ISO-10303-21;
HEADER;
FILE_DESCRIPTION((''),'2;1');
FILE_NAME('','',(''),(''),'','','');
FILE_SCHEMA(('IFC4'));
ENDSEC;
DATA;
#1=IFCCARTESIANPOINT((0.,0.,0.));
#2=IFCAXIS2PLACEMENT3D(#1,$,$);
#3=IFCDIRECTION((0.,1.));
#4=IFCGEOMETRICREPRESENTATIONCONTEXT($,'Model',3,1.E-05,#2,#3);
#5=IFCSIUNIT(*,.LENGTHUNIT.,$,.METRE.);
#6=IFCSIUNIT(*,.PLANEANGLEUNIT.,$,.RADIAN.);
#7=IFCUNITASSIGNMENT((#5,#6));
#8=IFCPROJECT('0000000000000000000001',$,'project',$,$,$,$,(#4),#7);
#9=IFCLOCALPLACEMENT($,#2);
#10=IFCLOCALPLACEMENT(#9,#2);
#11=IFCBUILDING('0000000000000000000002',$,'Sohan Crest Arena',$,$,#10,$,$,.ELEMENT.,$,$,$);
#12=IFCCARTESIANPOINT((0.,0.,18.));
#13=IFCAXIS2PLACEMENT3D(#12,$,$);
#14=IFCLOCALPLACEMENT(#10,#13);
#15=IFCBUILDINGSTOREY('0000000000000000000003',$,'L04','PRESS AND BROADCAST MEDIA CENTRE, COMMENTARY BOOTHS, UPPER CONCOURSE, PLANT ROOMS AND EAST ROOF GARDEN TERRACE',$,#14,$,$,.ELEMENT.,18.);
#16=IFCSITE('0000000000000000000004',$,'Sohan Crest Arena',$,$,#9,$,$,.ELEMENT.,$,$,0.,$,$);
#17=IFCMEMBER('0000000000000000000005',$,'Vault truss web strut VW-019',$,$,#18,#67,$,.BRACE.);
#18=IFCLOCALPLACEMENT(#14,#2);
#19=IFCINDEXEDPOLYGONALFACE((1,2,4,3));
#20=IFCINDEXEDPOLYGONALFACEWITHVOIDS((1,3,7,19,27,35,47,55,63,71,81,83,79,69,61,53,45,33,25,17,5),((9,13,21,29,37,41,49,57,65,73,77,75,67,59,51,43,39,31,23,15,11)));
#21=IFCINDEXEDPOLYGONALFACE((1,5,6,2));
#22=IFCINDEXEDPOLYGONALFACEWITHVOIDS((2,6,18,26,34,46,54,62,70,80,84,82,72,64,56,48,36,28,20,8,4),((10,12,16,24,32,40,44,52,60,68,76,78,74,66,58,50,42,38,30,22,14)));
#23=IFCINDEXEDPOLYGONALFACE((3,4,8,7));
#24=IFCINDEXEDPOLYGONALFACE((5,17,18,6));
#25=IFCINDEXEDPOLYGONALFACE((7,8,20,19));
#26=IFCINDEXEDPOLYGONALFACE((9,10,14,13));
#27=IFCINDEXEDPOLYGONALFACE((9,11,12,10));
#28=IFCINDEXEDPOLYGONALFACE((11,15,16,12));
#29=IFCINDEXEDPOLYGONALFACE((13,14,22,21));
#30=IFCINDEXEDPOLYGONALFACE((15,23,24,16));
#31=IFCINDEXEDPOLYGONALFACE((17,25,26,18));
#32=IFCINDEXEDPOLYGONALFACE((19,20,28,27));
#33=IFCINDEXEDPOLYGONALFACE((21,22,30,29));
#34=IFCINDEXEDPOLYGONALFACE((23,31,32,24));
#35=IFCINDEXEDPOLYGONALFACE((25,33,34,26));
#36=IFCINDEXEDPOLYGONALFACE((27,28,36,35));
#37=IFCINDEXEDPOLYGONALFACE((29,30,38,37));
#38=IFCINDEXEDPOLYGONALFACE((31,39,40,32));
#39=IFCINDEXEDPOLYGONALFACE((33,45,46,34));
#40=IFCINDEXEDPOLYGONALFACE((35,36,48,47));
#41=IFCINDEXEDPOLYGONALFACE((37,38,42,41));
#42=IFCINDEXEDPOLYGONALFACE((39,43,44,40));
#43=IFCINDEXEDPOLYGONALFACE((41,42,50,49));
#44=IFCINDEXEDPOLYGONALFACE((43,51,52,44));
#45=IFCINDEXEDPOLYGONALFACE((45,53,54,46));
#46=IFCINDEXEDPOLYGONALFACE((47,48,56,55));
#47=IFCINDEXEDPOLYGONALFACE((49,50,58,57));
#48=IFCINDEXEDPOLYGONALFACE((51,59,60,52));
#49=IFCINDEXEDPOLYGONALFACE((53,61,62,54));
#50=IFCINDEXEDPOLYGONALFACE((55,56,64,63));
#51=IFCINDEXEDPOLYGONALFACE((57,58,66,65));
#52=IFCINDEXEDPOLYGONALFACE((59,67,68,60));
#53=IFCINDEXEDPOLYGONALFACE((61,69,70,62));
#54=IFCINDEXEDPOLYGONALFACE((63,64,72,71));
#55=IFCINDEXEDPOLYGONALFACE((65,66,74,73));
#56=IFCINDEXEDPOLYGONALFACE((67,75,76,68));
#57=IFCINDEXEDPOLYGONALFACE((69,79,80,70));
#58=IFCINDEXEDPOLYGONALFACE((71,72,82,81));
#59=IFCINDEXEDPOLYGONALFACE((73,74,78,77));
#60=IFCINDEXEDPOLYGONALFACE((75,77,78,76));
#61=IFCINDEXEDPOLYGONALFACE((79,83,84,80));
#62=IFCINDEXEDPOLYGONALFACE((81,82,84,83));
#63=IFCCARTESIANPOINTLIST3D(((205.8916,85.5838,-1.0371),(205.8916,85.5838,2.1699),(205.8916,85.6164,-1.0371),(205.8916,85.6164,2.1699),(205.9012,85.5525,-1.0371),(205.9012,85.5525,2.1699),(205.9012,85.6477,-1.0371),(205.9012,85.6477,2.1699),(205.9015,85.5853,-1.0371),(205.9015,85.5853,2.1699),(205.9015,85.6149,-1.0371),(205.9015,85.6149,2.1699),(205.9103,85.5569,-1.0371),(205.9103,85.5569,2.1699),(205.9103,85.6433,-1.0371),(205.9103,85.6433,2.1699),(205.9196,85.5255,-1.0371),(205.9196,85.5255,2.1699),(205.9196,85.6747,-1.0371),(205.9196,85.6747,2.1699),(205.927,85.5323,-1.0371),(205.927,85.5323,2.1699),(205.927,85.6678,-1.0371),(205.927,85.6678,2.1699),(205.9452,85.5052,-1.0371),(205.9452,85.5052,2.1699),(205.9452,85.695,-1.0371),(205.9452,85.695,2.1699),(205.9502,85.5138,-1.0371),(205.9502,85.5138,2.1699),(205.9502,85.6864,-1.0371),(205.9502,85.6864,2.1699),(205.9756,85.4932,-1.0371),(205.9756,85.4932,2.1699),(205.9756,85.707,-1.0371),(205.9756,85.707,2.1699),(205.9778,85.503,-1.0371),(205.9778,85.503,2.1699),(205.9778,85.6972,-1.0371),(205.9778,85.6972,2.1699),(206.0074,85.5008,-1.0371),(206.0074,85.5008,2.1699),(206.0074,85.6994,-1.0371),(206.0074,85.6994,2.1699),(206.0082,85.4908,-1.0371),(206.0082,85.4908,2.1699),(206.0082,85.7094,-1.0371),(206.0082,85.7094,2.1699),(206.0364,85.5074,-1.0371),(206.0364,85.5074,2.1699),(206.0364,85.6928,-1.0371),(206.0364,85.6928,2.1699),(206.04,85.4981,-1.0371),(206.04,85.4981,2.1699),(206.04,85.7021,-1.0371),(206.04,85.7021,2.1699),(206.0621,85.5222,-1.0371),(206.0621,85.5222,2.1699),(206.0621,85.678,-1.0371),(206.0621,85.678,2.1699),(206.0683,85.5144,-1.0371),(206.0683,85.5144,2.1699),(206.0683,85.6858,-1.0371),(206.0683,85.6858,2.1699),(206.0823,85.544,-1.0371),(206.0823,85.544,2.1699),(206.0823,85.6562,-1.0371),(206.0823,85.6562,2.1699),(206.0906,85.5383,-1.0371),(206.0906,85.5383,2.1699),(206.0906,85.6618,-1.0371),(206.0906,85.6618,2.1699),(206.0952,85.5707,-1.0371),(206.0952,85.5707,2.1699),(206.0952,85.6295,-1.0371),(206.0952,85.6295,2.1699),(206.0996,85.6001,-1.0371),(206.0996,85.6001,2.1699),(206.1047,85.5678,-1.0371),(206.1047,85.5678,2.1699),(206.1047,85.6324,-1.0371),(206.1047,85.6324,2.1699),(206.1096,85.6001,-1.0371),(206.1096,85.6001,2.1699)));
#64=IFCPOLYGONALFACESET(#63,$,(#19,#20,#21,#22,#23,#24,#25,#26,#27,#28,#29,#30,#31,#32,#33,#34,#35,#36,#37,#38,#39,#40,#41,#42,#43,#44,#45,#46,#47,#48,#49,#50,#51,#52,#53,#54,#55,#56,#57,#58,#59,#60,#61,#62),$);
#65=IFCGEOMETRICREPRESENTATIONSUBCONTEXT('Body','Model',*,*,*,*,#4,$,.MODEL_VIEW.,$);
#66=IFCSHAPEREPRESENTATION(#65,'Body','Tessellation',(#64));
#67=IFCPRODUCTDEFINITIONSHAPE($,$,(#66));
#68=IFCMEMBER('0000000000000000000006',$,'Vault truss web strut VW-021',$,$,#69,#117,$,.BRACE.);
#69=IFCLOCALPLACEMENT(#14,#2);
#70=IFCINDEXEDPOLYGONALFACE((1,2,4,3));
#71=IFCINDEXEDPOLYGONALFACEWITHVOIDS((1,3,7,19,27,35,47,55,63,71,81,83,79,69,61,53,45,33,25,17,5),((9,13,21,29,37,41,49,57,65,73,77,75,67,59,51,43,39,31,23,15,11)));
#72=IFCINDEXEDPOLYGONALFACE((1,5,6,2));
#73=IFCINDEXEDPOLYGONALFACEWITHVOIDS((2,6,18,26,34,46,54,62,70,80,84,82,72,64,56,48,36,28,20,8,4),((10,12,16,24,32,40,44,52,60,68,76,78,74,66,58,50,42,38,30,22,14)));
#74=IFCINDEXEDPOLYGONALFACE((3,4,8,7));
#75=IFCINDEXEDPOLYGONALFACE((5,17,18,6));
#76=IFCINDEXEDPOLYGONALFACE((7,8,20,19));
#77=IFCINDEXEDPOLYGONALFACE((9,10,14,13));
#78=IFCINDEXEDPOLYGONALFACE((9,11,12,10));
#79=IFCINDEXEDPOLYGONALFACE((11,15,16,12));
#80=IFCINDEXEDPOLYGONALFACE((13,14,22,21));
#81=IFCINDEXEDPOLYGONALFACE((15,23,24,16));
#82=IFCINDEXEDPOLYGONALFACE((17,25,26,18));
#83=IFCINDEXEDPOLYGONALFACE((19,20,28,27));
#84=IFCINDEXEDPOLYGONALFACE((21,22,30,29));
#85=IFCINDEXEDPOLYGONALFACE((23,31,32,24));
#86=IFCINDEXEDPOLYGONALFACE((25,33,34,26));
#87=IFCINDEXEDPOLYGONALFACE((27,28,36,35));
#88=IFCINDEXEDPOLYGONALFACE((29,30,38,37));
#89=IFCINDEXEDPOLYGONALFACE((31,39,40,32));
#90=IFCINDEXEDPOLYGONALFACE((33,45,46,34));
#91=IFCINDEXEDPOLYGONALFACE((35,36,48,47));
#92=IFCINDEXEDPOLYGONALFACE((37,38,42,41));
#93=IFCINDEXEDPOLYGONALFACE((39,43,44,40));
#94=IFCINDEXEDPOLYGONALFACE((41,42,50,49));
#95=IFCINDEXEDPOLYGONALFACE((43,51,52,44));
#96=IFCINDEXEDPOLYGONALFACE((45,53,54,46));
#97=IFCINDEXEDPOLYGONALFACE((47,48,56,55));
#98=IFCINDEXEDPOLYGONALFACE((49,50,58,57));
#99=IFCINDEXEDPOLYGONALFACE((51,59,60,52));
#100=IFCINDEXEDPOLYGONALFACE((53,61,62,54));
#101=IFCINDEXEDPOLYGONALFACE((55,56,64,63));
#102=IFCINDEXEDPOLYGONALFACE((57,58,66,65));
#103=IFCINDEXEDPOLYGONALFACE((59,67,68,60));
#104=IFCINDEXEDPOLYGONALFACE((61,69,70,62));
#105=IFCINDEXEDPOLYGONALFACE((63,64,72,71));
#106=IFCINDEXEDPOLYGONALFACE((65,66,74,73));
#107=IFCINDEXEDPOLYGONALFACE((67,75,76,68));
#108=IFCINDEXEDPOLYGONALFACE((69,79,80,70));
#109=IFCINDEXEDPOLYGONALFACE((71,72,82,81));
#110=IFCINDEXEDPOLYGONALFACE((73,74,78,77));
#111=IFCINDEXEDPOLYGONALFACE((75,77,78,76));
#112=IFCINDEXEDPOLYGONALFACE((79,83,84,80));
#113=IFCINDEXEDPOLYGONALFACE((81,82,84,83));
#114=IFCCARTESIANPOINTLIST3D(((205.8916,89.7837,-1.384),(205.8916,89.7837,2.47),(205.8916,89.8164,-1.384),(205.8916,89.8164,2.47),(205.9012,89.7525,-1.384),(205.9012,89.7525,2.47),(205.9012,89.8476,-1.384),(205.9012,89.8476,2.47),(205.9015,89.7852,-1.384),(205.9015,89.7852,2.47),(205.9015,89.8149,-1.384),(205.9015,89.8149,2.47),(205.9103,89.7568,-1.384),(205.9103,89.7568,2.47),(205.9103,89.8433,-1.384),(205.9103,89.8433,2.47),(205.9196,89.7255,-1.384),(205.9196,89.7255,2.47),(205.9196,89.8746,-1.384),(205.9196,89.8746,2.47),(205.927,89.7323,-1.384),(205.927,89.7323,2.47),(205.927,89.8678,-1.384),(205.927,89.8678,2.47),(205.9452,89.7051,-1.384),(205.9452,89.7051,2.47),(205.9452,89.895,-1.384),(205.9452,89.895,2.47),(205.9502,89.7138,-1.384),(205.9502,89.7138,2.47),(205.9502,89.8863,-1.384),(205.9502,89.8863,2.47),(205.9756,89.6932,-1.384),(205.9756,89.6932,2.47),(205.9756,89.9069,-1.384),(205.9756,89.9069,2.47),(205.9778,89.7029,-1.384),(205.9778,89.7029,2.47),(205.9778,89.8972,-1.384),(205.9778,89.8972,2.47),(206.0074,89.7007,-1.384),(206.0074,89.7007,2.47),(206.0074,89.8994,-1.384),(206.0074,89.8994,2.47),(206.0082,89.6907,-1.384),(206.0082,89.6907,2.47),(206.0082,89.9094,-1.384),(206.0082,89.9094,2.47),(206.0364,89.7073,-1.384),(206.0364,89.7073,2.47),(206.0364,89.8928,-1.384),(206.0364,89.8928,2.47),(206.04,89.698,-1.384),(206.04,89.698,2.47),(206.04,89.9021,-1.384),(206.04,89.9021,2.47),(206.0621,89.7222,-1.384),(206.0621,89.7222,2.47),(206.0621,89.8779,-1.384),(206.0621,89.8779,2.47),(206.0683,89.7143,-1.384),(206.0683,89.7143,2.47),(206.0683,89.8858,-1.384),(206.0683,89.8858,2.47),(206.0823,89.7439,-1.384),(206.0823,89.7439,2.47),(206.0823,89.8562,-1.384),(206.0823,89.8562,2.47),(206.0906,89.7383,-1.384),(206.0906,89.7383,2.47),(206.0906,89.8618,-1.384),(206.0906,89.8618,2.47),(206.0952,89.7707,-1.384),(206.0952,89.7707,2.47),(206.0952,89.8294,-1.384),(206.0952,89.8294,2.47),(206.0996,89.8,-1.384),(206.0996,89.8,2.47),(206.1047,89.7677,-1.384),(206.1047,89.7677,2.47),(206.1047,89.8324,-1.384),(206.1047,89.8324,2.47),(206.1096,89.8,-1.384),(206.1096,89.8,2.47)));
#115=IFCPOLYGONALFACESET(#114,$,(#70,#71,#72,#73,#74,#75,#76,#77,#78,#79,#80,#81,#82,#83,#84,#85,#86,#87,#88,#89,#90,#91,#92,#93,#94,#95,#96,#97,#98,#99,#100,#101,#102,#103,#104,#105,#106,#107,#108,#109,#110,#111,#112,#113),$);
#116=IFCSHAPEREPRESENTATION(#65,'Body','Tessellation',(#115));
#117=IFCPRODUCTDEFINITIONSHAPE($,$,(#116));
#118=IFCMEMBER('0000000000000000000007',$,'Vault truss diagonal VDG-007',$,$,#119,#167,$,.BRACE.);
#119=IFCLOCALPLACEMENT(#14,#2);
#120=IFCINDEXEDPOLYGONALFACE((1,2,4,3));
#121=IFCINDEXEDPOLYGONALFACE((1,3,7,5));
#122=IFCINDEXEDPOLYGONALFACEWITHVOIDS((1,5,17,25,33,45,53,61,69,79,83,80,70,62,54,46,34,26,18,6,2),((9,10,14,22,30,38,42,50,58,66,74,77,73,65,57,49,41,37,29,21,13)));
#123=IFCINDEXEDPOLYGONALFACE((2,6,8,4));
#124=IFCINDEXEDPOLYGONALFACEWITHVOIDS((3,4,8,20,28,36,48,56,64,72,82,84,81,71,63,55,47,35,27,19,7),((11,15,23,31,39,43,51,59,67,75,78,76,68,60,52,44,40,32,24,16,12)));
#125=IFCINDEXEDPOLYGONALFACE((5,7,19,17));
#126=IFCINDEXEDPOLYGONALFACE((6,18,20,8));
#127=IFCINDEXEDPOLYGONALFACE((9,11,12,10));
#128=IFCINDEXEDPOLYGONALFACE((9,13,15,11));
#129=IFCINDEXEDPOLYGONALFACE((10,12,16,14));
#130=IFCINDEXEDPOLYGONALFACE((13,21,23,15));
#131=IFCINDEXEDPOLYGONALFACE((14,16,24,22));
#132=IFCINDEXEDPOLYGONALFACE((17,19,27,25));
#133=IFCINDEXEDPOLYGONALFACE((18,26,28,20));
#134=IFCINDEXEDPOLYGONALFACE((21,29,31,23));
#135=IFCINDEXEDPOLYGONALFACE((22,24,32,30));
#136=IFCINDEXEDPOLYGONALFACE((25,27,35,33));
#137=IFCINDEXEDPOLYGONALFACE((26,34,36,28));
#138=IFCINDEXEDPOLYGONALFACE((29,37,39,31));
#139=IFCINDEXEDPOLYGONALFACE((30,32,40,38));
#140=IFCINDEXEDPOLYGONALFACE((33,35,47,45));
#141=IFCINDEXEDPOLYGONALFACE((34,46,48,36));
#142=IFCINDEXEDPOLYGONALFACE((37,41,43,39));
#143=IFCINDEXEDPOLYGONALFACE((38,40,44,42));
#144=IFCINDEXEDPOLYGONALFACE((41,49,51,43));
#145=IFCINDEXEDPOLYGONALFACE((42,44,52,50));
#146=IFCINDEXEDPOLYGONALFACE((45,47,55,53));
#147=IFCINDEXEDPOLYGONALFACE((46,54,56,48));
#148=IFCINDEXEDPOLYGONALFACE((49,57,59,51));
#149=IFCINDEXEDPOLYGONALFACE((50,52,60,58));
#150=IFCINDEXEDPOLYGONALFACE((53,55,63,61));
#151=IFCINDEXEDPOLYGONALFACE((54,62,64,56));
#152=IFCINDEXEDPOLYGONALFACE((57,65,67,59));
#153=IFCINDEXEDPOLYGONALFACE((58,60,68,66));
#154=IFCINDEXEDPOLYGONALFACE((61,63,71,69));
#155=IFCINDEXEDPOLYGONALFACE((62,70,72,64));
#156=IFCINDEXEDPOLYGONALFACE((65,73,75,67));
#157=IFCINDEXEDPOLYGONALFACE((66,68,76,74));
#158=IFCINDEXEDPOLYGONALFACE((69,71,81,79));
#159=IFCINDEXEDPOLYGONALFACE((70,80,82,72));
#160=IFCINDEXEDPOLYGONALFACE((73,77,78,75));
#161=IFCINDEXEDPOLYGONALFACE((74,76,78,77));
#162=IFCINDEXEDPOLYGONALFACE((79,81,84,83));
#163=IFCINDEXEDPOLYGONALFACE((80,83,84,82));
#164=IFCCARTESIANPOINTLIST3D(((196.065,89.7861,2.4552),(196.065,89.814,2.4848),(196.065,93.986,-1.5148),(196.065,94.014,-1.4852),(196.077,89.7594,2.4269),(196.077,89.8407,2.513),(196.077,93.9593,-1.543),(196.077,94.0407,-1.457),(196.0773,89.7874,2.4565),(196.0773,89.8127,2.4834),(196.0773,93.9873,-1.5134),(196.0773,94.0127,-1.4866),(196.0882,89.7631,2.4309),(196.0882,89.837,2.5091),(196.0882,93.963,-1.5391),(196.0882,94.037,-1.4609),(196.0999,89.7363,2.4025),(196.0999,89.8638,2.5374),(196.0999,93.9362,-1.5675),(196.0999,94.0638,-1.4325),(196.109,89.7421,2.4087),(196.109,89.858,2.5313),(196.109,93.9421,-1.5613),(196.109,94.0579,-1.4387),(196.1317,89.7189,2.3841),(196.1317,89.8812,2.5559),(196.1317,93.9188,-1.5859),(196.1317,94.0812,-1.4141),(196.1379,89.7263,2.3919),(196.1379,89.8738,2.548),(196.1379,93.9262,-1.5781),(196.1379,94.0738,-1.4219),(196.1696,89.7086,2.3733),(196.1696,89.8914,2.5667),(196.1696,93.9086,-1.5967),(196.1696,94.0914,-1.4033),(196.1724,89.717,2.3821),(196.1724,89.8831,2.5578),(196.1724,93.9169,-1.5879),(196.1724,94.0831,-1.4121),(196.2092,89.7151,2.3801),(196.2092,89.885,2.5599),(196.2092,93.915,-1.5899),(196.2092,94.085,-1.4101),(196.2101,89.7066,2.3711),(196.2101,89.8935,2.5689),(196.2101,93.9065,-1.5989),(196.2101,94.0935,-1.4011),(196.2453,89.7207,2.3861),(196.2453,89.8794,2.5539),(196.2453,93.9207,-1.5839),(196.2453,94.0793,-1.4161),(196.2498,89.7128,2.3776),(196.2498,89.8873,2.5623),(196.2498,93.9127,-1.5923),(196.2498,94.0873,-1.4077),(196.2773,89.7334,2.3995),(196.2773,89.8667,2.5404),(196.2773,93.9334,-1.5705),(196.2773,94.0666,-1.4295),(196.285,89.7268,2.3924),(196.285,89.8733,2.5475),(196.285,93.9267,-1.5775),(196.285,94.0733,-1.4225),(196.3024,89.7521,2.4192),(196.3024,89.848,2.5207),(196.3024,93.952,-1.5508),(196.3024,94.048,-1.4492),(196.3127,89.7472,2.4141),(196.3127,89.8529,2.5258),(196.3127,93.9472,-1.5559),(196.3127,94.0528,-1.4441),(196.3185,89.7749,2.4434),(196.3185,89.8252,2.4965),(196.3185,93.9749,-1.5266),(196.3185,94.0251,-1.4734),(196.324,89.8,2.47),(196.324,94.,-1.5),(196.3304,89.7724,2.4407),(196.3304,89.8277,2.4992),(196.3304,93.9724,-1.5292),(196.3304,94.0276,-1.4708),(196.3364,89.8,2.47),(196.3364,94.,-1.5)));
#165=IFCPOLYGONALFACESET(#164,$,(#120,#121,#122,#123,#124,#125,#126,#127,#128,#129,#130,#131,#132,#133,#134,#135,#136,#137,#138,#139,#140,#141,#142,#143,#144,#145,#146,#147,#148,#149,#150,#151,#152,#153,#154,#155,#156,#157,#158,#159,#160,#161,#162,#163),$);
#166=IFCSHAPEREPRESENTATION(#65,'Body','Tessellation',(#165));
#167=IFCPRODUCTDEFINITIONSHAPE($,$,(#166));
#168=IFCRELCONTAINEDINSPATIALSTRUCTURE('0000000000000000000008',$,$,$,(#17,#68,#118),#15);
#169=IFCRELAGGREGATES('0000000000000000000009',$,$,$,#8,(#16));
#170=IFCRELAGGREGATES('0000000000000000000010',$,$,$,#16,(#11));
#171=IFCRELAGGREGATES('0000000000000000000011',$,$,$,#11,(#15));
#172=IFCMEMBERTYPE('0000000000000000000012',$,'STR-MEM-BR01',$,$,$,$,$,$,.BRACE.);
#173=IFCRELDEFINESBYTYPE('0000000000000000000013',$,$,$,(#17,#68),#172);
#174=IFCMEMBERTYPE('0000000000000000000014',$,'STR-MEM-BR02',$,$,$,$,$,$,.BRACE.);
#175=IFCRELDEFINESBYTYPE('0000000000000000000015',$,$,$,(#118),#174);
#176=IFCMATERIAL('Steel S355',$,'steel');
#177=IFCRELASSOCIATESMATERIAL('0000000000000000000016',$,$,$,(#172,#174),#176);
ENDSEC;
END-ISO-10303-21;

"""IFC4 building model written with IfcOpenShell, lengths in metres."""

from ifc_helpers import new_model, si_unit, direction, frame, origin, origin_2d, place, context, subcontext, project, spatial, hollow_circle, extrude, material, material_profile, profile_set, type_object, element, save


model = new_model("IFC4")

# Units and contexts
model_context = context("Model", 3, precision=1e-05, world=origin(), true_north=direction((0.0, 1.0)))
body_context = subcontext(model_context, "Body", "Model", "MODEL_VIEW")
ifc_project = project(units=[si_unit("LENGTHUNIT", "METRE"), si_unit("PLANEANGLEUNIT", "RADIAN")], contexts=[model_context])

# Site, building, storey
site_placement = place(None, origin())
site = spatial("IfcSite", under=ifc_project, at=site_placement, Name="Sohan Crest Arena", CompositionType="ELEMENT", RefElevation=0.0)
building_placement = place(site_placement, origin())
building = spatial("IfcBuilding", under=site, at=building_placement, Name="Sohan Crest Arena", CompositionType="ELEMENT")
storey_placement = place(building_placement, frame((0.0, 0.0, 18.0)))
storey = spatial("IfcBuildingStorey", under=building, at=storey_placement, Name="L04", Description="PRESS AND BROADCAST MEDIA CENTRE, COMMENTARY BOOTHS, UPPER CONCOURSE, PLANT ROOMS AND EAST ROOF GARDEN TERRACE", CompositionType="ELEMENT", Elevation=18.0)

# Shared definitions
ifc_material = material(Name="Steel S355", Category="steel")

# Members
ifc_material_profile_1 = material_profile(ifc_material, hollow_circle(Radius=0.1096, WallThickness=0.01, at=origin_2d()), Name="CHS 219.1x10")
ifc_profile_set_1 = profile_set([ifc_material_profile_1], Name="Steel S355")
member_type_1 = type_object("IfcMemberType", Name="STR-MEM-BR01", PredefinedType="BRACE", material=ifc_profile_set_1)
member_1_placement = place(storey_placement, frame((206.0, 85.6001, -1.0371), z_axis=(0.0, 0.0, 1.0), x_axis=(1.0, 0.0, 0.0)))
element("IfcMember", 1, at=member_1_placement, inside=storey, type_object=member_type_1, Name="Vault truss web strut VW-019", PredefinedType="BRACE", context=body_context, shape_type="SweptSolid", body=[
    extrude(hollow_circle(Radius=0.1096, WallThickness=0.01, at=origin_2d()), origin(), (0.0, 0.0, 1.0), 3.207),
])
member_2_placement = place(storey_placement, frame((206.0, 89.8, -1.384), z_axis=(0.0, 0.0, 1.0), x_axis=(1.0, 0.0, 0.0)))
element("IfcMember", 2, at=member_2_placement, inside=storey, type_object=member_type_1, Name="Vault truss web strut VW-021", PredefinedType="BRACE", context=body_context, shape_type="SweptSolid", body=[
    extrude(hollow_circle(Radius=0.1096, WallThickness=0.01, at=origin_2d()), origin(), (0.0, 0.0, 1.0), 3.854),
])
ifc_material_profile_2 = material_profile(ifc_material, hollow_circle(Radius=0.1365, WallThickness=0.0125, at=origin_2d()), Name="CHS 273x12.5")
ifc_profile_set_2 = profile_set([ifc_material_profile_2], Name="Steel S355")
member_type_2 = type_object("IfcMemberType", Name="STR-MEM-BR02", PredefinedType="BRACE", material=ifc_profile_set_2)
for number, where, z_axis, x_axis, name in (
    (3, (196.2, 94.0, -1.5), (0.0, -0.726724, 0.68693), (1.0, 0.0, 0.0), "Vault truss diagonal VDG-007"),
):
    element("IfcMember", number, at=place(storey_placement, frame(where, z_axis=z_axis, x_axis=x_axis)), inside=storey, type_object=member_type_2, Name=name, PredefinedType="BRACE", context=body_context, shape_type="SweptSolid", body=[
        extrude(hollow_circle(Radius=0.1365, WallThickness=0.0125, at=origin_2d()), origin(), (0.0, 0.0, 1.0), 5.7793),
    ])

save(model, "model.ifc")
